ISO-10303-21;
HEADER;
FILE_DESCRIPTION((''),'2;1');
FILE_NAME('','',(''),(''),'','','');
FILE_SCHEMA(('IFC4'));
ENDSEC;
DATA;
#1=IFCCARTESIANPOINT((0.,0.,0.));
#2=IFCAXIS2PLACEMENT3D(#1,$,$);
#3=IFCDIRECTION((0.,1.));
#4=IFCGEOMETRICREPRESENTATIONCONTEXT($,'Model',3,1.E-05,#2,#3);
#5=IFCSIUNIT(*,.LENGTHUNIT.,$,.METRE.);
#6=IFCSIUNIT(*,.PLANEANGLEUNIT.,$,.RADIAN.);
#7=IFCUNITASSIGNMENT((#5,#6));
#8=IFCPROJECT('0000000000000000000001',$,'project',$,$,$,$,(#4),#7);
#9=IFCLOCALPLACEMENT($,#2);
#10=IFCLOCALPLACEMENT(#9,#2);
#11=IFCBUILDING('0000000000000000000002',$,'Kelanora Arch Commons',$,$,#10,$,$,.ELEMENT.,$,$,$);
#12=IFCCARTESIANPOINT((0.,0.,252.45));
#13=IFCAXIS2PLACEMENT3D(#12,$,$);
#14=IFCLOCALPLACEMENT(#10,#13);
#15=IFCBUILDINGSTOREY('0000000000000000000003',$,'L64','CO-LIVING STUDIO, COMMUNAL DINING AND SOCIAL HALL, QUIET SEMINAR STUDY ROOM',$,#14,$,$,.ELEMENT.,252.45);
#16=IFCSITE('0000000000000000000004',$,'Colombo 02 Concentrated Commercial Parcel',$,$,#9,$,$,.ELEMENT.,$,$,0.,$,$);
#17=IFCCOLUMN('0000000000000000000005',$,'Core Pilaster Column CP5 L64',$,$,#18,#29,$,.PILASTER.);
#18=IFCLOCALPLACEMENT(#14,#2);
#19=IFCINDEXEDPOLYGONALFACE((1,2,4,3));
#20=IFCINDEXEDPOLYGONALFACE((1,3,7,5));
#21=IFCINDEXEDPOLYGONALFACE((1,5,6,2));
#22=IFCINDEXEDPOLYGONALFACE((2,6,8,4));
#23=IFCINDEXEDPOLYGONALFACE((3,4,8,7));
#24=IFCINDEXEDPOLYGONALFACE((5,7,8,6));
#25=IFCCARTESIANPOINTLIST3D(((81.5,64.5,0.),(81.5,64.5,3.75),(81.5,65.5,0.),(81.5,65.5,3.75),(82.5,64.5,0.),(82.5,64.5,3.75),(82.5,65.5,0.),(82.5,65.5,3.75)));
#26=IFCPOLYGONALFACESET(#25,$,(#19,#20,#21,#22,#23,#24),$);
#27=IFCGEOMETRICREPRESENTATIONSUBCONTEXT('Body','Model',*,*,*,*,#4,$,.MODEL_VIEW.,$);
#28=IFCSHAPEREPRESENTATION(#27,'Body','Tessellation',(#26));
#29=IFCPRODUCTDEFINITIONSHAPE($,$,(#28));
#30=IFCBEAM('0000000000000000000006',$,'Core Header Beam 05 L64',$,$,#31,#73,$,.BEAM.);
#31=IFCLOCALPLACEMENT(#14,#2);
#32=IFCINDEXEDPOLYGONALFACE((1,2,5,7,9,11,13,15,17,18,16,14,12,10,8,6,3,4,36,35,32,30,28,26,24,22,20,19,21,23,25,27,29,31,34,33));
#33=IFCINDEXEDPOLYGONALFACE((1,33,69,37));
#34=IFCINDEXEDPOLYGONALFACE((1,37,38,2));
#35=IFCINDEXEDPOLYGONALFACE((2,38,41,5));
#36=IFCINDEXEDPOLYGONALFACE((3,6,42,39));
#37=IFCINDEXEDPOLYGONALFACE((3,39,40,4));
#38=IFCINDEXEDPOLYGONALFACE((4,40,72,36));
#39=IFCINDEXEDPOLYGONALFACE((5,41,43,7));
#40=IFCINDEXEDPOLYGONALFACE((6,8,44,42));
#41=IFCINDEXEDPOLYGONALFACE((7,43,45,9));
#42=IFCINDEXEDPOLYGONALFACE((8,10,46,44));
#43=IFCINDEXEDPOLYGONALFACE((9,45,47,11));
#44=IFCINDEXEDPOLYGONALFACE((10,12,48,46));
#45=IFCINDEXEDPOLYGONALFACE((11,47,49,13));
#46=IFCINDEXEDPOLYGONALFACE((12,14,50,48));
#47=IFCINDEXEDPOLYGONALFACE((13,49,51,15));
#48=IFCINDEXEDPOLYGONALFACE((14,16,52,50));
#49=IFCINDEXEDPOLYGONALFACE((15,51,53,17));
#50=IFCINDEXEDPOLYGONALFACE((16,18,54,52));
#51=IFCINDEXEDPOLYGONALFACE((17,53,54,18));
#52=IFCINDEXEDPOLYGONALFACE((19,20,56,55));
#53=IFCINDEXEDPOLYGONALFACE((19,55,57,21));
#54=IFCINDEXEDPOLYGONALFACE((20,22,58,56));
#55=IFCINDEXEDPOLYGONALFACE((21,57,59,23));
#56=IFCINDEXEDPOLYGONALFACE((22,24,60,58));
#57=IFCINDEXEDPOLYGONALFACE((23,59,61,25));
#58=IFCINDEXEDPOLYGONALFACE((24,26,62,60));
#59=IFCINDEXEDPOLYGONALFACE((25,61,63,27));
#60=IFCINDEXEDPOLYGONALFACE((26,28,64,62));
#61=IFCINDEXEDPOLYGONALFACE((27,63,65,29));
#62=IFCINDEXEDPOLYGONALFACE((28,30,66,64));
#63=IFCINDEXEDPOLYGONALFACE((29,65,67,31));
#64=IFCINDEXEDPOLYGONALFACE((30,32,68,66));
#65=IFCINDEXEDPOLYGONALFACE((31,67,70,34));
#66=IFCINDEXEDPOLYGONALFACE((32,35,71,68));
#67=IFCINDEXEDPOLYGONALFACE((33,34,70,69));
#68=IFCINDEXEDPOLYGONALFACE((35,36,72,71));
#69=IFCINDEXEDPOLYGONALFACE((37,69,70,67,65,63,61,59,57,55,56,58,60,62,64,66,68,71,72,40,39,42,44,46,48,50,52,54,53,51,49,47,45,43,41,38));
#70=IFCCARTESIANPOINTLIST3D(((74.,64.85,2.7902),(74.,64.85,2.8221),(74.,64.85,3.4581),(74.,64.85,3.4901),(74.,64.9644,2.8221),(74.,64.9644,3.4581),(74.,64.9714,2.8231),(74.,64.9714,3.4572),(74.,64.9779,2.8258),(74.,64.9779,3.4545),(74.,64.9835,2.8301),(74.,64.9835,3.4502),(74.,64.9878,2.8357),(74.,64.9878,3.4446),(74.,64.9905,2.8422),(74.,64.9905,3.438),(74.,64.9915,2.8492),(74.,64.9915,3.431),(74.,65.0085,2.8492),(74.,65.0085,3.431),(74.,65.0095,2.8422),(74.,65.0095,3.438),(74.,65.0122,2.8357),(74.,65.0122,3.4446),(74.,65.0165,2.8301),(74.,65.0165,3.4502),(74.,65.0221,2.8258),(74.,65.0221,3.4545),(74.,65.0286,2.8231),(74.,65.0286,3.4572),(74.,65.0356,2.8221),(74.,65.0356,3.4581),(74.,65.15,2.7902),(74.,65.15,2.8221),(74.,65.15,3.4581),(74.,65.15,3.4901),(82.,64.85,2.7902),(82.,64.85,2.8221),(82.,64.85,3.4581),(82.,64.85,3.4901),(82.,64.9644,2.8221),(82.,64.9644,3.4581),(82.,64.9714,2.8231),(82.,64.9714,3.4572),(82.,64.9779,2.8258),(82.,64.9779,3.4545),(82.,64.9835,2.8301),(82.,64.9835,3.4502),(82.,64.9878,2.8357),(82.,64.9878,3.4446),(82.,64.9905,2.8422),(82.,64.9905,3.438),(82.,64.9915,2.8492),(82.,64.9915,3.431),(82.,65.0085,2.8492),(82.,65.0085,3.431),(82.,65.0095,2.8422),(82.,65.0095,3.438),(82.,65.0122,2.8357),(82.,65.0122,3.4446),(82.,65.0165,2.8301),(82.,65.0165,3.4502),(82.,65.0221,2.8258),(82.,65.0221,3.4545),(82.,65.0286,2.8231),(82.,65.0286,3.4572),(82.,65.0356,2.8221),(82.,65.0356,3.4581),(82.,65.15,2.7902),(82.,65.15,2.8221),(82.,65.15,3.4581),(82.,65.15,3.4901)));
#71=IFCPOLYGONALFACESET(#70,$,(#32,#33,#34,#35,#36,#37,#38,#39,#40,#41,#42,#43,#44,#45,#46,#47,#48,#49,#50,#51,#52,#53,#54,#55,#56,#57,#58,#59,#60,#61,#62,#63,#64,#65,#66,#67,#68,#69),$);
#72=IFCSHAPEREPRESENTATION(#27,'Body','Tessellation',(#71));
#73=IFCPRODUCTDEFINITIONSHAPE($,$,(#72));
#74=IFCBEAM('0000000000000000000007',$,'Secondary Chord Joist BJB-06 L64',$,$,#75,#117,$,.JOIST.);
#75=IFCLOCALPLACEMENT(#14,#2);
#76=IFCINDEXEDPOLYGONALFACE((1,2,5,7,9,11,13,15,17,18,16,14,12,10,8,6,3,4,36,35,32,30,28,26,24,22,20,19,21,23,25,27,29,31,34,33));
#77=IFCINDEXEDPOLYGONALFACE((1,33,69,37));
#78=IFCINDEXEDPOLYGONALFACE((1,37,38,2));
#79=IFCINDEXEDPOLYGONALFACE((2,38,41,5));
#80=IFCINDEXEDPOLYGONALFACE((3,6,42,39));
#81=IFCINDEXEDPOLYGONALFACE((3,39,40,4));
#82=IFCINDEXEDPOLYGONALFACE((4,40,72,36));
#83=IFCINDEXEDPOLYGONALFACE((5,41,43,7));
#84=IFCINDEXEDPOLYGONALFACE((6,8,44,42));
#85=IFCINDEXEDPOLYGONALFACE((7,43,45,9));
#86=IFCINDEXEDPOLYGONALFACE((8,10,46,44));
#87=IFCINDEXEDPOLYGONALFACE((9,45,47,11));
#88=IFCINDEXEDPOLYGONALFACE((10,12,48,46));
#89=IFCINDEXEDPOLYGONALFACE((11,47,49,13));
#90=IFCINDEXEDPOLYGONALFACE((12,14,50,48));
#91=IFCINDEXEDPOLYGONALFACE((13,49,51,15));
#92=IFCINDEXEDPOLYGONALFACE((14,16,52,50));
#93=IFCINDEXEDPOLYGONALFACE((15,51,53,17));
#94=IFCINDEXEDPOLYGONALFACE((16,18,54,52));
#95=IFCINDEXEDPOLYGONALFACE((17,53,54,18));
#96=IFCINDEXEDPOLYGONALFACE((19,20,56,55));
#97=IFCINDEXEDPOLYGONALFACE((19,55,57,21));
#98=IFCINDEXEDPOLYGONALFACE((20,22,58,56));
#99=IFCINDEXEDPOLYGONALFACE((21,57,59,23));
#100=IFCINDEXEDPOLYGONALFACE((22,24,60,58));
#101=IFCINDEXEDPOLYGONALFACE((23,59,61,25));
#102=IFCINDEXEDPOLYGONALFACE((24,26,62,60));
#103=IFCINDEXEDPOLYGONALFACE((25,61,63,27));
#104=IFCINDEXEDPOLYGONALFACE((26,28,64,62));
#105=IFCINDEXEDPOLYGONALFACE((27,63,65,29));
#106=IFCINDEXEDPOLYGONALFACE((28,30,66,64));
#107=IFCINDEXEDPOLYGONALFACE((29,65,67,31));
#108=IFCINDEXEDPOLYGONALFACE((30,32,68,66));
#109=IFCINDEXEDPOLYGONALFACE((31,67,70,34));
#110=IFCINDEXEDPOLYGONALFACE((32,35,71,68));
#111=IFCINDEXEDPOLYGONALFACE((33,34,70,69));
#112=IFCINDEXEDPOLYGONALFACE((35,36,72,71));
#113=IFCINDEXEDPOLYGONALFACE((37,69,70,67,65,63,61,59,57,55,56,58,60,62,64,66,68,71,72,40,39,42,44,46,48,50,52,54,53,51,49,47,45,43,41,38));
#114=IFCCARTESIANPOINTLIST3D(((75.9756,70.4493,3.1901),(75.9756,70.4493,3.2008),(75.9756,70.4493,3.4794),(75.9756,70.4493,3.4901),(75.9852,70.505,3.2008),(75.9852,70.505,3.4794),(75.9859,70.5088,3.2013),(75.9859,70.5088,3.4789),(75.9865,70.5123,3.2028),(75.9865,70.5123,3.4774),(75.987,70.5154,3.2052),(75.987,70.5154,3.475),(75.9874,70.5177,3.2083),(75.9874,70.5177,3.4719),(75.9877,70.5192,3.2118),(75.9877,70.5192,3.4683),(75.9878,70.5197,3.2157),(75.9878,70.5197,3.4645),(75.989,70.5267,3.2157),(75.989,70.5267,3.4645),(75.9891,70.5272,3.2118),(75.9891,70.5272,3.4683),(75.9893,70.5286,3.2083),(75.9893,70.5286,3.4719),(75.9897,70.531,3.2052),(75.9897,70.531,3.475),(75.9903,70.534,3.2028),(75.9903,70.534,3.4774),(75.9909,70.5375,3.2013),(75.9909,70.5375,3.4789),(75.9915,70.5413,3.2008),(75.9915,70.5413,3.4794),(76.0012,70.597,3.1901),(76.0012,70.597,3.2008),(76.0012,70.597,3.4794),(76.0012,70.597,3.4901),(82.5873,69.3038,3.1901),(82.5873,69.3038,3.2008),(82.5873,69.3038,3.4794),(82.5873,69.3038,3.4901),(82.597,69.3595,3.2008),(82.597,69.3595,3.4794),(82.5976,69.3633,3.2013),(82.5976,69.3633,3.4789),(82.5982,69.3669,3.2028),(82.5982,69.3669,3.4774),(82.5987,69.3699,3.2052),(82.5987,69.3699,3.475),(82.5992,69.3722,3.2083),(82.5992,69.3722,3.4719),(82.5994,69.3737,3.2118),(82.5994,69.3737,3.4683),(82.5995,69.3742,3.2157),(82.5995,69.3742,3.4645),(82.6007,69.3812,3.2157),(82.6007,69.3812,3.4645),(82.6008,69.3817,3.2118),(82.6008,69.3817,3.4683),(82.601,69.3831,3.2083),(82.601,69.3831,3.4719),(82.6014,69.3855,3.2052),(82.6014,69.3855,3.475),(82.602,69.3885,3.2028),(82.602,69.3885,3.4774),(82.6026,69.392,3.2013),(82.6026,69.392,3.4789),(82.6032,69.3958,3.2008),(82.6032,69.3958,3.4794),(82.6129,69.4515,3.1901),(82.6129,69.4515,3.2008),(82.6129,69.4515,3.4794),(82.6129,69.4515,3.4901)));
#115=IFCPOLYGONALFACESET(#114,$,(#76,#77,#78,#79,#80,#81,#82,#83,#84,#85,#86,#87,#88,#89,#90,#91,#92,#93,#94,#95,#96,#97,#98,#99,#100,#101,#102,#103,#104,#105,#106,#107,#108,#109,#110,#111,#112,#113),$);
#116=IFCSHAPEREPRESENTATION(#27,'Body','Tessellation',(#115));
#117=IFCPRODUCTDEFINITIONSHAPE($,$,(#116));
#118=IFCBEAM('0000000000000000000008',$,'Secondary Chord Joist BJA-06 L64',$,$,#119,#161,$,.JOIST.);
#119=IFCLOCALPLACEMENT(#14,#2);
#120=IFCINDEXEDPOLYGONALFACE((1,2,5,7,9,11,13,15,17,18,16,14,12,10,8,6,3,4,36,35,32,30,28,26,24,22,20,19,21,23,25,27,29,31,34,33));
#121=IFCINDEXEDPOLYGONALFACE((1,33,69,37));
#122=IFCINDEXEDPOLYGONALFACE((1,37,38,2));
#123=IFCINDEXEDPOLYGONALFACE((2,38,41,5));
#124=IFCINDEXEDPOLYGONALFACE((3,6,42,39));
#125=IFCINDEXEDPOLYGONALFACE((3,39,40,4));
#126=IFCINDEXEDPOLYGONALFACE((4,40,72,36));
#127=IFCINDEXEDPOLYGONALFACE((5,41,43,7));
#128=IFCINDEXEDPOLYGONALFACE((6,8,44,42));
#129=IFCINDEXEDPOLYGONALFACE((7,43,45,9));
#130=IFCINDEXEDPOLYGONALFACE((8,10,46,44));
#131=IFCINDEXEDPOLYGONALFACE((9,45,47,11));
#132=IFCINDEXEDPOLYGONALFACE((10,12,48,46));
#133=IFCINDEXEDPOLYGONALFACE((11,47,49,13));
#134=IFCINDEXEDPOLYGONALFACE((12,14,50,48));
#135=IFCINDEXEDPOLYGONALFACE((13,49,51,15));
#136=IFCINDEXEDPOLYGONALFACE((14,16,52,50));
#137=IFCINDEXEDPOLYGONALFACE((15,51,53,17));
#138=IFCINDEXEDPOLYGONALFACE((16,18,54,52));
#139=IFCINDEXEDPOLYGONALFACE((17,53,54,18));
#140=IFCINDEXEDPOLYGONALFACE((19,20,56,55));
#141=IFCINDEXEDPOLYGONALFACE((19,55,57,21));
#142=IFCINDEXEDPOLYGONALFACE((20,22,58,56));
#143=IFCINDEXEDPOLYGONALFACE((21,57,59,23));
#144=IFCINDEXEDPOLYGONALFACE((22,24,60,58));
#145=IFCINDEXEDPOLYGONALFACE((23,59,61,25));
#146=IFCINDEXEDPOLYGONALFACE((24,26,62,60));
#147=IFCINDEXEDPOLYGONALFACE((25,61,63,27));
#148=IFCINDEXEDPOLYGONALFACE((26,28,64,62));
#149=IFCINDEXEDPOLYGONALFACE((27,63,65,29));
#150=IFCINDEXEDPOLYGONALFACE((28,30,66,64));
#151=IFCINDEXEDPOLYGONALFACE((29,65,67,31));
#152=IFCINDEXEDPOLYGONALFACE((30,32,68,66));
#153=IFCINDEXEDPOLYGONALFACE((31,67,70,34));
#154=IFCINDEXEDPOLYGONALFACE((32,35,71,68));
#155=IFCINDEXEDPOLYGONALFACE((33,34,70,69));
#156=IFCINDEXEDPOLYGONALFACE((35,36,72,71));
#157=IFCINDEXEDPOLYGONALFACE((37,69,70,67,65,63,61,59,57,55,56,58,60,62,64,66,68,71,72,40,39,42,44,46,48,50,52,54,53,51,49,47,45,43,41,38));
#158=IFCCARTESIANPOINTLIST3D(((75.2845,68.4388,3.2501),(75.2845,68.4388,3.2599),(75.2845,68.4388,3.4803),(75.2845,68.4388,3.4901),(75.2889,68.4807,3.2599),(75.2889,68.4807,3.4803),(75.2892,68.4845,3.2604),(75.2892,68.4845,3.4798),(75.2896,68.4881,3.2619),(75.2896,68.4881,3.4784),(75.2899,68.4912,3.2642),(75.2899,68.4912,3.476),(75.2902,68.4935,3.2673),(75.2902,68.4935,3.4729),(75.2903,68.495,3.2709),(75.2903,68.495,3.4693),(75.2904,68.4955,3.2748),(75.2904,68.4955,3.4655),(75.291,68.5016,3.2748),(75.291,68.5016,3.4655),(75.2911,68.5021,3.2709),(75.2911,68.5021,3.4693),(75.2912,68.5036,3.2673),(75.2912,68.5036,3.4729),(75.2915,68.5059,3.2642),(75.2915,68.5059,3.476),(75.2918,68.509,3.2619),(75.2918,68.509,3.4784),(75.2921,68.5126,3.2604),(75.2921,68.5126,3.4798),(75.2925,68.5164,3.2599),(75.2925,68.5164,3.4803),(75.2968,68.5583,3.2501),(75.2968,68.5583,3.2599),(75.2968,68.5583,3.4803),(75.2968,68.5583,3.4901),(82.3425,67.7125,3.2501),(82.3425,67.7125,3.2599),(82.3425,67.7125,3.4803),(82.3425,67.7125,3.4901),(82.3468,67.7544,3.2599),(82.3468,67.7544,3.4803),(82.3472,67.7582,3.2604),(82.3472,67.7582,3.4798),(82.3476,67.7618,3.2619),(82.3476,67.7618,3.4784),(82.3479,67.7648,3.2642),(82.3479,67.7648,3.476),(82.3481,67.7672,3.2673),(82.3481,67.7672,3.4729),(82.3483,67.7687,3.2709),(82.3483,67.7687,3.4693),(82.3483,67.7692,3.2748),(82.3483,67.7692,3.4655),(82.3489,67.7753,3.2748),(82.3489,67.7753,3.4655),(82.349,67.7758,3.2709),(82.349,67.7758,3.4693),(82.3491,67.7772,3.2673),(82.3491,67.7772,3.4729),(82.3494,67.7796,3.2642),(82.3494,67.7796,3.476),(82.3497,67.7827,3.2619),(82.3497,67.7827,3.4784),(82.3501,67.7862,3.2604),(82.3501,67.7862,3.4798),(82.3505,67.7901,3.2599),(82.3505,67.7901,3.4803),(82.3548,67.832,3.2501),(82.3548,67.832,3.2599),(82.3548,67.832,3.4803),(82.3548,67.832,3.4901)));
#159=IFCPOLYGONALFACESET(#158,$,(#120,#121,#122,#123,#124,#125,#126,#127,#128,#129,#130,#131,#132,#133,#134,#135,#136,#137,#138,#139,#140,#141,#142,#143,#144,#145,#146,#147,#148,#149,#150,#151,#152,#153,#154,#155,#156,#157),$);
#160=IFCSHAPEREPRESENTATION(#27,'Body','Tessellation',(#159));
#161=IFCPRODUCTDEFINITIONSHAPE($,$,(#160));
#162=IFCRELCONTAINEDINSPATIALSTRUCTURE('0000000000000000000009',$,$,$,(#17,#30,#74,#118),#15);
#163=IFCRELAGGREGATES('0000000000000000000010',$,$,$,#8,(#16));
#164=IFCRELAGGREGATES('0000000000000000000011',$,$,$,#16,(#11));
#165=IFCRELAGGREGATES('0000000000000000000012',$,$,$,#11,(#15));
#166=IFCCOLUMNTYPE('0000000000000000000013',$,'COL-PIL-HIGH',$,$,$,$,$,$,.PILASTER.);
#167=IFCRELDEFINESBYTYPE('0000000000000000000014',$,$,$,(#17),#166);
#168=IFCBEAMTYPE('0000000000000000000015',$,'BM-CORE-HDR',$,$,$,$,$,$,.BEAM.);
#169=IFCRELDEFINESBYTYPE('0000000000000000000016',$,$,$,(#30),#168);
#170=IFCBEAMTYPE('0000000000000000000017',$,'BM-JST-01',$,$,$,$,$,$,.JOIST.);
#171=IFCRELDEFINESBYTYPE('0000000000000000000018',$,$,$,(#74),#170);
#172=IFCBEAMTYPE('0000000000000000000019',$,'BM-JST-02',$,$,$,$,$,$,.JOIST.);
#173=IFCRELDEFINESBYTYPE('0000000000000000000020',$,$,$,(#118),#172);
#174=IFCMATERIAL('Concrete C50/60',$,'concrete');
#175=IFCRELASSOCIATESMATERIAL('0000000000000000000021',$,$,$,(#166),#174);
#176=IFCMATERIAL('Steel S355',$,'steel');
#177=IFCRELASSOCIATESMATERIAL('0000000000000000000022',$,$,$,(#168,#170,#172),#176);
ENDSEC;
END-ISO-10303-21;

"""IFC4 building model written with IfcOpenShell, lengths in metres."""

from ifc_helpers import new_model, si_unit, direction, frame, origin, origin_2d, place, context, subcontext, project, spatial, rectangle, i_section, extrude, material, material_profile, profile_set, type_object, element, save


model = new_model("IFC4")

# Units and contexts
model_context = context("Model", 3, precision=1e-05, world=origin(), true_north=direction((0.0, 1.0)))
body_context = subcontext(model_context, "Body", "Model", "MODEL_VIEW")
ifc_project = project(units=[si_unit("LENGTHUNIT", "METRE"), si_unit("PLANEANGLEUNIT", "RADIAN")], contexts=[model_context])

# Site, building, storey
site_placement = place(None, origin())
site = spatial("IfcSite", under=ifc_project, at=site_placement, Name="Colombo 02 Concentrated Commercial Parcel", CompositionType="ELEMENT", RefElevation=0.0)
building_placement = place(site_placement, origin())
building = spatial("IfcBuilding", under=site, at=building_placement, Name="Kelanora Arch Commons", CompositionType="ELEMENT")
storey_placement = place(building_placement, frame((0.0, 0.0, 252.45)))
storey = spatial("IfcBuildingStorey", under=building, at=storey_placement, Name="L64", Description="CO-LIVING STUDIO, COMMUNAL DINING AND SOCIAL HALL, QUIET SEMINAR STUDY ROOM", CompositionType="ELEMENT", Elevation=252.45)

# Column
ifc_material_1 = material(Name="Concrete C50/60", Category="concrete")
ifc_material_profile_1 = material_profile(ifc_material_1, rectangle(XDim=1.0, YDim=1.0, at=origin_2d()), Name="RC1000x1000")
ifc_profile_set_1 = profile_set([ifc_material_profile_1], Name="Concrete C50/60")
column_type = type_object("IfcColumnType", Name="COL-PIL-HIGH", PredefinedType="PILASTER", material=ifc_profile_set_1)
column_placement = place(storey_placement, frame((82.0, 65.0, 0.0), z_axis=(0.0, 0.0, 1.0), x_axis=(1.0, 0.0, 0.0)))
element("IfcColumn", 1, at=column_placement, inside=storey, type_object=column_type, Name="Core Pilaster Column CP5 L64", PredefinedType="PILASTER", context=body_context, shape_type="SweptSolid", body=[
    extrude(rectangle(XDim=1.0, YDim=1.0, at=origin_2d()), origin(), (0.0, 0.0, 1.0), 3.75),
])

# Beams
ifc_material_2 = material(Name="Steel S355", Category="steel")
ifc_material_profile_2 = material_profile(ifc_material_2, i_section(OverallWidth=0.3, OverallDepth=0.7, WebThickness=0.0171, FlangeThickness=0.032, FilletRadius=0.0271, at=origin_2d()), Name="HEB700")
ifc_profile_set_2 = profile_set([ifc_material_profile_2], Name="Steel S355")
beam_type_1 = type_object("IfcBeamType", Name="BM-CORE-HDR", PredefinedType="BEAM", material=ifc_profile_set_2)
beam_1_placement = place(storey_placement, frame((82.0, 65.0, 3.1401), z_axis=(-1.0, 0.0, 0.0), x_axis=(0.0, -1.0, 0.0)))
element("IfcBeam", 2, at=beam_1_placement, inside=storey, type_object=beam_type_1, Name="Core Header Beam 05 L64", PredefinedType="BEAM", context=body_context, shape_type="SweptSolid", body=[
    extrude(i_section(OverallWidth=0.3, OverallDepth=0.7, WebThickness=0.0171, FlangeThickness=0.032, FilletRadius=0.0271, at=origin_2d()), origin(), (0.0, 0.0, 1.0), 8.0),
])
ifc_material_profile_3 = material_profile(ifc_material_2, i_section(OverallWidth=0.1499, OverallDepth=0.3, WebThickness=0.0071, FlangeThickness=0.0107, FilletRadius=0.0149, at=origin_2d()), Name="IPE300")
ifc_profile_set_3 = profile_set([ifc_material_profile_3], Name="Steel S355")
beam_type_2 = type_object("IfcBeamType", Name="BM-JST-01", PredefinedType="JOIST", material=ifc_profile_set_3)
beam_2_placement = place(storey_placement, frame((82.6001, 69.3777, 3.3401), z_axis=(-0.985322, 0.170709, 0.0), x_axis=(-0.170709, -0.985322, 0.0)))
element("IfcBeam", 3, at=beam_2_placement, inside=storey, type_object=beam_type_2, Name="Secondary Chord Joist BJB-06 L64", PredefinedType="JOIST", context=body_context, shape_type="SweptSolid", body=[
    extrude(i_section(OverallWidth=0.1499, OverallDepth=0.3, WebThickness=0.0071, FlangeThickness=0.0107, FilletRadius=0.0149, at=origin_2d()), origin(), (0.0, 0.0, 1.0), 6.7102),
])
ifc_material_profile_4 = material_profile(ifc_material_2, i_section(OverallWidth=0.1201, OverallDepth=0.24, WebThickness=0.0061, FlangeThickness=0.0098, FilletRadius=0.0149, at=origin_2d()), Name="IPE240")
ifc_profile_set_4 = profile_set([ifc_material_profile_4], Name="Steel S355")
beam_type_3 = type_object("IfcBeamType", Name="BM-JST-02", PredefinedType="JOIST", material=ifc_profile_set_4)
beam_3_placement = place(storey_placement, frame((82.3486, 67.7722, 3.3701), z_axis=(-0.994747, 0.102369, 0.0), x_axis=(-0.102369, -0.994747, 0.0)))
element("IfcBeam", 4, at=beam_3_placement, inside=storey, type_object=beam_type_3, Name="Secondary Chord Joist BJA-06 L64", PredefinedType="JOIST", context=body_context, shape_type="SweptSolid", body=[
    extrude(i_section(OverallWidth=0.1201, OverallDepth=0.24, WebThickness=0.0061, FlangeThickness=0.0098, FilletRadius=0.0149, at=origin_2d()), origin(), (0.0, 0.0, 1.0), 7.0952),
])

save(model, "model.ifc")
